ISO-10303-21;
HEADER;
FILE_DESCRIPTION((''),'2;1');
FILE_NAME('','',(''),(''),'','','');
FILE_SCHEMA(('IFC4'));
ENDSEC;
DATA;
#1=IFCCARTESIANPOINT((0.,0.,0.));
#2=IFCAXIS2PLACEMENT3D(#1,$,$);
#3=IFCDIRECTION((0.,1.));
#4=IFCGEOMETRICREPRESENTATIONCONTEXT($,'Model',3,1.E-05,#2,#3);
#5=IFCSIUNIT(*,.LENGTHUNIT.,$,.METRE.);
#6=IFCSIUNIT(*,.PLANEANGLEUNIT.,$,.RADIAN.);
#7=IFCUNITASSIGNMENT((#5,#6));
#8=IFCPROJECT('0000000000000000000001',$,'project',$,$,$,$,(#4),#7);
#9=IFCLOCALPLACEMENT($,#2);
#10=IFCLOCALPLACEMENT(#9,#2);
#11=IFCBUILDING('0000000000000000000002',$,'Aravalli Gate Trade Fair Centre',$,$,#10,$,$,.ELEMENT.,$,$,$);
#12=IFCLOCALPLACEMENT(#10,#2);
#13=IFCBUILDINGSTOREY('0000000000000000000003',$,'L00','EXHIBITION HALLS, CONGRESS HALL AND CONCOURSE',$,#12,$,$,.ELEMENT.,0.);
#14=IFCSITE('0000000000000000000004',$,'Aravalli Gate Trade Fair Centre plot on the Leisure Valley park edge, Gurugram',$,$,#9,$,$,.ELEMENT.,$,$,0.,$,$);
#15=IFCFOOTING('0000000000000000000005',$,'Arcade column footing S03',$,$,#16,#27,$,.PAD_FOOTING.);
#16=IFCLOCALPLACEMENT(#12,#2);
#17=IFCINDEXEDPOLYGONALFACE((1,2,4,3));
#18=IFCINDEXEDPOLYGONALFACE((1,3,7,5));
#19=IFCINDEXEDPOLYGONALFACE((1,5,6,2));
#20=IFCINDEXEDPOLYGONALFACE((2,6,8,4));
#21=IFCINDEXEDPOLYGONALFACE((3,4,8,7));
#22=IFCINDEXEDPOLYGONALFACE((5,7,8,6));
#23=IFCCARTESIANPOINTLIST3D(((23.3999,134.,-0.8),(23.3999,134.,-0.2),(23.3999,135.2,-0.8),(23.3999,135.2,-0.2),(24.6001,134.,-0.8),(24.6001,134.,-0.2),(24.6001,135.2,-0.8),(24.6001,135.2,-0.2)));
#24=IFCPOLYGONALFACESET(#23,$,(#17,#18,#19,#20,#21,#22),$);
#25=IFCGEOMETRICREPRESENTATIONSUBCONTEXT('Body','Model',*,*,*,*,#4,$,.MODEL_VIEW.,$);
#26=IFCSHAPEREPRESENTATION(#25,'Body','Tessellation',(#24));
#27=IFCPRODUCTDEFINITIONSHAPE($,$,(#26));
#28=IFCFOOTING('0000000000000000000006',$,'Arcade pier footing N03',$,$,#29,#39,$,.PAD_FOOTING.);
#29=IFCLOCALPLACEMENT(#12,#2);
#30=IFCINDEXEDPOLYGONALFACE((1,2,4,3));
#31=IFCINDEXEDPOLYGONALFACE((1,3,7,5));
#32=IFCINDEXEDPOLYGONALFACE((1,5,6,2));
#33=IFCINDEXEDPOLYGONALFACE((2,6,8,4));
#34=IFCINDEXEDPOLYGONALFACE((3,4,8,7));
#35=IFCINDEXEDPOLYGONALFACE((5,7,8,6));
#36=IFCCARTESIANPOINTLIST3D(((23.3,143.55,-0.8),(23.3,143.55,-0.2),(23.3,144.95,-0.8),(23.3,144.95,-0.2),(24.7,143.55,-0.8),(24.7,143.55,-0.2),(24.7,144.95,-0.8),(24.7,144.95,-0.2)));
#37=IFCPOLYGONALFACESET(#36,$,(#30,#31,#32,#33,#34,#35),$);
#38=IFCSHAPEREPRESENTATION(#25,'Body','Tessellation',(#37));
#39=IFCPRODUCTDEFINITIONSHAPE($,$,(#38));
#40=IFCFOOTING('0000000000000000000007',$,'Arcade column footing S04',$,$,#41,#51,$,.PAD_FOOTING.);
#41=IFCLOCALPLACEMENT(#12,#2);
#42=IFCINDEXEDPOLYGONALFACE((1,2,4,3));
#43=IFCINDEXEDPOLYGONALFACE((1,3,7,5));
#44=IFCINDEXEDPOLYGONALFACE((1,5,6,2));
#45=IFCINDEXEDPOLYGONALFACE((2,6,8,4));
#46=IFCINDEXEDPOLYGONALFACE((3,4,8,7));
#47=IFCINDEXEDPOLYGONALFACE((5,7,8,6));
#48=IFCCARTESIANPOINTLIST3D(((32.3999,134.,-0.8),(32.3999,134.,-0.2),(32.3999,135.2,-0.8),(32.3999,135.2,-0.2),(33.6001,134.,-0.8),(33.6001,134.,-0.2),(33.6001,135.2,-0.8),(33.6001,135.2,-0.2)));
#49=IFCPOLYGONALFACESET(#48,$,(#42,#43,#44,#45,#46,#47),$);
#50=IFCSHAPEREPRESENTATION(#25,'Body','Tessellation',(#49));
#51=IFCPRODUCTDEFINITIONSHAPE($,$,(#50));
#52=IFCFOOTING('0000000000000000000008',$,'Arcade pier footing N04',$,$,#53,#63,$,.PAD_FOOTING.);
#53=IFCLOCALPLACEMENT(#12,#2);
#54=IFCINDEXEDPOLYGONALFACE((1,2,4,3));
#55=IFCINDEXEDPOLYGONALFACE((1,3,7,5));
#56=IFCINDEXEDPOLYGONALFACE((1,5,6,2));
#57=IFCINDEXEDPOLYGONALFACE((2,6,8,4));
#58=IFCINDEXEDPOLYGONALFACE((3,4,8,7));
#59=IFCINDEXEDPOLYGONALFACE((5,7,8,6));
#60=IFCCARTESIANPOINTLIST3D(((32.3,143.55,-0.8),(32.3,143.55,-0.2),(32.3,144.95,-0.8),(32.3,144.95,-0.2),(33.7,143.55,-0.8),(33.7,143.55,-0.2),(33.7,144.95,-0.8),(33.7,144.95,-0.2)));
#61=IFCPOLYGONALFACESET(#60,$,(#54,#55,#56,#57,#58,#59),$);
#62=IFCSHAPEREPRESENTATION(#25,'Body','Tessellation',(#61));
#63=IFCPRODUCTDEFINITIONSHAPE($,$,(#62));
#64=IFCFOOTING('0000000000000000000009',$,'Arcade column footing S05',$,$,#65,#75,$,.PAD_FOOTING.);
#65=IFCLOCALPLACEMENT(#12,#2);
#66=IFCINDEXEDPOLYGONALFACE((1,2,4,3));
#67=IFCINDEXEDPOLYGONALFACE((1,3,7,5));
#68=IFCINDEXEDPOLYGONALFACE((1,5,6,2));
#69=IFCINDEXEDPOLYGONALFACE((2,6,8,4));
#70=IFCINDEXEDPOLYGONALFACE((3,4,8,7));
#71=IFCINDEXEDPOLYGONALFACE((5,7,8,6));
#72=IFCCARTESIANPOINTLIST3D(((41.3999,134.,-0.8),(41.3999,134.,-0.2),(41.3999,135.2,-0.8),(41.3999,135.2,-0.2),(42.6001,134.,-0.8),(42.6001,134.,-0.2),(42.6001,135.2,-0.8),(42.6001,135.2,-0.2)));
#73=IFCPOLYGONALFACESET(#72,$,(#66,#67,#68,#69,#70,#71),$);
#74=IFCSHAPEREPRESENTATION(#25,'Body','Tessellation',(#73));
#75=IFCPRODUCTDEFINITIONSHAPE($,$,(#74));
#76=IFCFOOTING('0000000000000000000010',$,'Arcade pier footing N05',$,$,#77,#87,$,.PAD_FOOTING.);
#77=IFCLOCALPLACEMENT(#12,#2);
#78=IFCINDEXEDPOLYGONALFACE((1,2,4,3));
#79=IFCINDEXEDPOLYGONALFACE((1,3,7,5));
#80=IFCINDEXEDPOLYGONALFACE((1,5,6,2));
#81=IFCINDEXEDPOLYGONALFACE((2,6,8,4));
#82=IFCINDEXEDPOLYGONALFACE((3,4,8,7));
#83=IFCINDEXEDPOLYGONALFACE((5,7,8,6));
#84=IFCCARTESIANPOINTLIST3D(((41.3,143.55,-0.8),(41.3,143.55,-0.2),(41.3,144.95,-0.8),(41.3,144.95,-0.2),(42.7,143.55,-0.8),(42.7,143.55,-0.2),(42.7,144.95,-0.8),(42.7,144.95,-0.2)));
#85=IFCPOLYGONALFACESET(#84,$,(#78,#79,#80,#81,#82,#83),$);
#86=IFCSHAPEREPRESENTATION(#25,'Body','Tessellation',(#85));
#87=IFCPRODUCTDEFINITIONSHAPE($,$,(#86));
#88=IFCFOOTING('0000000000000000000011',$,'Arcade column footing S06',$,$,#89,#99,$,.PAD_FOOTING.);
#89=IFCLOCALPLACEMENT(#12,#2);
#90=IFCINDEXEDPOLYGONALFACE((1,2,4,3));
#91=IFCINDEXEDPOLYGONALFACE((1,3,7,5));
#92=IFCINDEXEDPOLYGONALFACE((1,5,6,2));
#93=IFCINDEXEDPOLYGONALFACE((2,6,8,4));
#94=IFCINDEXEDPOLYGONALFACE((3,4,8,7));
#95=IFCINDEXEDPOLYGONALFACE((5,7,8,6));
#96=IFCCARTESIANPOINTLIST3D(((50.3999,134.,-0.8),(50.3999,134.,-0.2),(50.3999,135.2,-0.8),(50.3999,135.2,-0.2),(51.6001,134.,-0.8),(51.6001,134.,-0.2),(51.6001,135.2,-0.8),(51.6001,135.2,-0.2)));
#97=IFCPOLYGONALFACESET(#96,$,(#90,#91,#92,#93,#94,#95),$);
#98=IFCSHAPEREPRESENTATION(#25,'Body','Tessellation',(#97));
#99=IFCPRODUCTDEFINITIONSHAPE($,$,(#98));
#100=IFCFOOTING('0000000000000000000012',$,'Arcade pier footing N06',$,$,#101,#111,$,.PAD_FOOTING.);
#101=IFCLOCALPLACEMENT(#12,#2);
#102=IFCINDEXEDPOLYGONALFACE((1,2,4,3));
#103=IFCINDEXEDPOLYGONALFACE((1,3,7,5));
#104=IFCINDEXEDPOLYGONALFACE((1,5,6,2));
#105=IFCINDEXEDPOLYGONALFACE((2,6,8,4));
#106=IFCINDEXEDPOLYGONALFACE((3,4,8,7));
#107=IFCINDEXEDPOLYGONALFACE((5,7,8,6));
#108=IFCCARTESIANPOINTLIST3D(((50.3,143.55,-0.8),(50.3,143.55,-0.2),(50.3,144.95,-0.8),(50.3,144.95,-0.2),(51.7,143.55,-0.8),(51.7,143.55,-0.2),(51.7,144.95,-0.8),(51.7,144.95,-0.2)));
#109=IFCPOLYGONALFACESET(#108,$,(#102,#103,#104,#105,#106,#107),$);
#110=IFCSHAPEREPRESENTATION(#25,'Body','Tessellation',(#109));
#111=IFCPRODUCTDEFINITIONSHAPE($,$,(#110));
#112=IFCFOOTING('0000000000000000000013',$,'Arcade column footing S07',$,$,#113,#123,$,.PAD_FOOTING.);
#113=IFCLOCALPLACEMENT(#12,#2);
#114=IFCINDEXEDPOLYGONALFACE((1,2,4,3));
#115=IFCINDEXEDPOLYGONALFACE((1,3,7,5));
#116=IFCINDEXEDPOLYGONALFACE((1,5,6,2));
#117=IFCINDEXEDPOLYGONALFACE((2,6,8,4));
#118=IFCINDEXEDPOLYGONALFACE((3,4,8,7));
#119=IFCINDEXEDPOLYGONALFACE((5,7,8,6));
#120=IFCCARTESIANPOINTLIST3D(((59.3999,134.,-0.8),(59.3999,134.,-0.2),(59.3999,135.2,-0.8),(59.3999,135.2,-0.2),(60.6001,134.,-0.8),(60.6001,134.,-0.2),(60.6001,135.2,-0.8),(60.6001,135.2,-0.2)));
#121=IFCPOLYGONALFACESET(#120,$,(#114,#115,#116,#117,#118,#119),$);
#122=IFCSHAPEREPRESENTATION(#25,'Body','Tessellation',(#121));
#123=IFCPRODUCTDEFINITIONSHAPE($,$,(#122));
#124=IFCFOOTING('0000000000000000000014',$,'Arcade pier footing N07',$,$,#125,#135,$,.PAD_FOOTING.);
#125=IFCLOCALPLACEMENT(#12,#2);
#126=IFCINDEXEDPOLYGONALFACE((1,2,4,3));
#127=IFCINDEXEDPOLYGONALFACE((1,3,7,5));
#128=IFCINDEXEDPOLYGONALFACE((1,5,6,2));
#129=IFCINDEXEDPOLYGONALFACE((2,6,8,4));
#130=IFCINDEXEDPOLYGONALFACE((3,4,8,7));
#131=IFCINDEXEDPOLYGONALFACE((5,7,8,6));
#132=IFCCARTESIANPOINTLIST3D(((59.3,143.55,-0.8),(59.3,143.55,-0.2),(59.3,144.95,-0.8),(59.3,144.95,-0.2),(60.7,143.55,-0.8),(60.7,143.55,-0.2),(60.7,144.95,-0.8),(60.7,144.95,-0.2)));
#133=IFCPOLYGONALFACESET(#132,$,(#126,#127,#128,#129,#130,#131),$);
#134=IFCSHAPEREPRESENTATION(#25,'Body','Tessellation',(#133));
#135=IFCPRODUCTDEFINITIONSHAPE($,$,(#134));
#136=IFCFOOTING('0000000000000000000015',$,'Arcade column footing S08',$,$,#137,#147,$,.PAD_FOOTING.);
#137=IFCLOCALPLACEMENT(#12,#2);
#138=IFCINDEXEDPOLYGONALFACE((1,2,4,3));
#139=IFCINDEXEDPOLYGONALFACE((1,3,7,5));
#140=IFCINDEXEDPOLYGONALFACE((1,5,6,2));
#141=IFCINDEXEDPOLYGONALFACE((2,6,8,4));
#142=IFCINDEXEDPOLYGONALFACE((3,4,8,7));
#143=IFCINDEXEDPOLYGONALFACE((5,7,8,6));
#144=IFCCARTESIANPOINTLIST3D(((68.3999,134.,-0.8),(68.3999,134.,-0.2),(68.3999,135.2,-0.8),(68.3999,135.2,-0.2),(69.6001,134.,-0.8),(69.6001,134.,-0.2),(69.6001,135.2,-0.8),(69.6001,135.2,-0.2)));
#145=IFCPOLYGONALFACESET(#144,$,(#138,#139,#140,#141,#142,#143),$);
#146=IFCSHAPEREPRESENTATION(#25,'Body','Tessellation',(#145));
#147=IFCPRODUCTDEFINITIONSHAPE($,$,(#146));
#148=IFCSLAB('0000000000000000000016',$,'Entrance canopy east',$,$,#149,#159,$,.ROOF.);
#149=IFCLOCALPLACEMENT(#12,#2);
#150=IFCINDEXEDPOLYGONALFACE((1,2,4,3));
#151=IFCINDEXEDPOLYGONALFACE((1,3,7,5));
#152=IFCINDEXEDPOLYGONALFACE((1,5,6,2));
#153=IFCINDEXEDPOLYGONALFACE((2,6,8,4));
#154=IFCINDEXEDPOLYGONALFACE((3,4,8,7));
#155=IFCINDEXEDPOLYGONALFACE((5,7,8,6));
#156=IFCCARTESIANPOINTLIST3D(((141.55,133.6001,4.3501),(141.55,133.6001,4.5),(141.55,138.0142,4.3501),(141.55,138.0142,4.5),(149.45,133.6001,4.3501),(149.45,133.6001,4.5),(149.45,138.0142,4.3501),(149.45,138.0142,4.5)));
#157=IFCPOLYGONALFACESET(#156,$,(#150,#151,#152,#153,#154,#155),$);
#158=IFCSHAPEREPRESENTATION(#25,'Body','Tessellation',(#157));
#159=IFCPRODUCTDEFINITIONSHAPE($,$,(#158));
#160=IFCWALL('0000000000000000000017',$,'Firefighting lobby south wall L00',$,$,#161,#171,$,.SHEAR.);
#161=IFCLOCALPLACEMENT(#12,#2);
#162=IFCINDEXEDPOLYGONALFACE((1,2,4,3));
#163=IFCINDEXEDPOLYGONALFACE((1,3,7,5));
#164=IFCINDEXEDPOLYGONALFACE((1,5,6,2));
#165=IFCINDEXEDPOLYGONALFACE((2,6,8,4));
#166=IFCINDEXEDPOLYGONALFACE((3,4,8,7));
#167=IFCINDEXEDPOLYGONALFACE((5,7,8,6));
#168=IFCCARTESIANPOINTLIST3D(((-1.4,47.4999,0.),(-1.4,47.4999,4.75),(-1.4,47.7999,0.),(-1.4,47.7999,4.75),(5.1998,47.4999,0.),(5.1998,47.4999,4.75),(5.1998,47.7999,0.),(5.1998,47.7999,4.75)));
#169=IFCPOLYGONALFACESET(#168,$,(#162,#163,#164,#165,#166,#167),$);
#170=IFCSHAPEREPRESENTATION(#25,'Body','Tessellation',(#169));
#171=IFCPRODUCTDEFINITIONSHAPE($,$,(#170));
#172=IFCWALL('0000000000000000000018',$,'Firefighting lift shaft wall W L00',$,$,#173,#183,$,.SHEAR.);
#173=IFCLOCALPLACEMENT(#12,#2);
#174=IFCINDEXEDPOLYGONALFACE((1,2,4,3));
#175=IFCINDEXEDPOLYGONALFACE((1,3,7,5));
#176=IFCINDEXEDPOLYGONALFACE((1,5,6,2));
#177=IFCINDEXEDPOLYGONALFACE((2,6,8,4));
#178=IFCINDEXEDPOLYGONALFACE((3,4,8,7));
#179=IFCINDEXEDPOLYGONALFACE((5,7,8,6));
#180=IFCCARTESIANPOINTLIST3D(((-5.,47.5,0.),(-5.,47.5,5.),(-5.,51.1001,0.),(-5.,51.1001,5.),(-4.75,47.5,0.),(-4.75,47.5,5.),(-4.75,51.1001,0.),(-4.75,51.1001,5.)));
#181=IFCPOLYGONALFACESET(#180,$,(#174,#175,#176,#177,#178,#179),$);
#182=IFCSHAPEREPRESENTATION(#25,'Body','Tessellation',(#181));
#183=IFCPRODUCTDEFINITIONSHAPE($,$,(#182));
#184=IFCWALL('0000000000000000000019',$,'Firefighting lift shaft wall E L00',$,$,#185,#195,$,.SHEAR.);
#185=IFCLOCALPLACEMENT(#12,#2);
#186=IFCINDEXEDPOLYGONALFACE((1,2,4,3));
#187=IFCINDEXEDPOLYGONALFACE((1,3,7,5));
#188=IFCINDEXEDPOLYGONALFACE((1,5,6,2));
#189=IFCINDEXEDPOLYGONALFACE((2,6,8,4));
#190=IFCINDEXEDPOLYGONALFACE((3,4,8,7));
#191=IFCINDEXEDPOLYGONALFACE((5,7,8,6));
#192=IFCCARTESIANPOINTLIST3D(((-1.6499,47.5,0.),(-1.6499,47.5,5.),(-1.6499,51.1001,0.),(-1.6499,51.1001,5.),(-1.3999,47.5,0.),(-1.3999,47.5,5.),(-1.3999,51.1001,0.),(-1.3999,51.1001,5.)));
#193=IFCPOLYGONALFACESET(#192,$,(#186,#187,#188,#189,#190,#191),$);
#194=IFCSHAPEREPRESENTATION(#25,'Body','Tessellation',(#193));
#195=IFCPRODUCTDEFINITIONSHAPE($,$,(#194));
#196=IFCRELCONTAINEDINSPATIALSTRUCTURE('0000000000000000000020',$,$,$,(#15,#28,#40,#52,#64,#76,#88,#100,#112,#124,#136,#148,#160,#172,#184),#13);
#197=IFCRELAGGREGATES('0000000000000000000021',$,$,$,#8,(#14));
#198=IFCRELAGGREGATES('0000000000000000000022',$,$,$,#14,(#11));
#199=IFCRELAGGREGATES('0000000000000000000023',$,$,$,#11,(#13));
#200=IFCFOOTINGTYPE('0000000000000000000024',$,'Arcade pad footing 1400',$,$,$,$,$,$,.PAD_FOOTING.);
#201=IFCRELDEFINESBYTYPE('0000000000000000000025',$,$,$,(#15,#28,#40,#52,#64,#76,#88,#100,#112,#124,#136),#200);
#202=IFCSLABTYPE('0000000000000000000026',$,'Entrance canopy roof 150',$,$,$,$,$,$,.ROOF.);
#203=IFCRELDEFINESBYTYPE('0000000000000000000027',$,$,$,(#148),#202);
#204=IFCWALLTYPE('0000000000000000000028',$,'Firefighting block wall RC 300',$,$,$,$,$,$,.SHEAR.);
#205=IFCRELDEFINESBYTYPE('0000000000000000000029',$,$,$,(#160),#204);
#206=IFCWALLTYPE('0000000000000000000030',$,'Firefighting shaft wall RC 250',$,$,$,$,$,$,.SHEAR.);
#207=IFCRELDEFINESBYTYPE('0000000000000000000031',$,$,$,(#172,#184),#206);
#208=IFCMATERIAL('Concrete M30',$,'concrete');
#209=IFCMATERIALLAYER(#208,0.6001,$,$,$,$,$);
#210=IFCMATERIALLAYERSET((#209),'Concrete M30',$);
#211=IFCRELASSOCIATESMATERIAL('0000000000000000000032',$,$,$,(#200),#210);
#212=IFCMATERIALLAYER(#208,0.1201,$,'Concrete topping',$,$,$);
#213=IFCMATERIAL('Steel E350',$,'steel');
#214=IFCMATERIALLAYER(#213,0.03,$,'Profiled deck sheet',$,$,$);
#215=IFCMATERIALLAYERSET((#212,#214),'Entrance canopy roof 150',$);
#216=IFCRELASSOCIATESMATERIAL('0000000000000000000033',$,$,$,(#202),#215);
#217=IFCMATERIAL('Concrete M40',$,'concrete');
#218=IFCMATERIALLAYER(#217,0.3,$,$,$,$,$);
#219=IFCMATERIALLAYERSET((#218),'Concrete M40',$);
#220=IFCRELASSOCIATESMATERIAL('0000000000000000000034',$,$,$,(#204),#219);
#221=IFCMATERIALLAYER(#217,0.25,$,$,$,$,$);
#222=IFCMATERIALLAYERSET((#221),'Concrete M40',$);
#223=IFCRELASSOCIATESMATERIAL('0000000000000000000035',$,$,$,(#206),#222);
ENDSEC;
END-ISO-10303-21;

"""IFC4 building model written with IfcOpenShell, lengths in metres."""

from ifc_helpers import new_model, si_unit, direction, frame, frame_2d, origin, place, context, subcontext, project, spatial, polyline, rectangle, outline, extrude, material, layer, layer_set, type_object, element, save


model = new_model("IFC4")

# Units and contexts
model_context = context("Model", 3, precision=1e-05, world=origin(), true_north=direction((0.0, 1.0)))
body_context = subcontext(model_context, "Body", "Model", "MODEL_VIEW")
ifc_project = project(units=[si_unit("LENGTHUNIT", "METRE"), si_unit("PLANEANGLEUNIT", "RADIAN")], contexts=[model_context])

# Site, building, storey
site_placement = place(None, origin())
site = spatial("IfcSite", under=ifc_project, at=site_placement, Name="Aravalli Gate Trade Fair Centre plot on the Leisure Valley park edge, Gurugram", CompositionType="ELEMENT", RefElevation=0.0)
building_placement = place(site_placement, origin())
building = spatial("IfcBuilding", under=site, at=building_placement, Name="Aravalli Gate Trade Fair Centre", CompositionType="ELEMENT")
storey_placement = place(building_placement, origin())
storey = spatial("IfcBuildingStorey", under=building, at=storey_placement, Name="L00", Description="EXHIBITION HALLS, CONGRESS HALL AND CONCOURSE", CompositionType="ELEMENT", Elevation=0.0)

# Footings
ifc_material_1 = material(Name="Concrete M30", Category="concrete")
ifc_layer_1 = layer(ifc_material_1, 0.6001)
ifc_layer_set_1 = layer_set([ifc_layer_1], Name="Concrete M30")
footing_type = type_object("IfcFootingType", Name="Arcade pad footing 1400", PredefinedType="PAD_FOOTING", material=ifc_layer_set_1)
footing_1_placement = place(storey_placement, frame((0.0, 0.0, -0.8)))
element("IfcFooting", 1, at=footing_1_placement, inside=storey, type_object=footing_type, Name="Arcade column footing S03", PredefinedType="PAD_FOOTING", context=body_context, shape_type="SweptSolid", body=[
    extrude(outline(polyline([(23.3999, 134.0), (24.6001, 134.0), (24.6001, 135.2), (23.3999, 135.2), (23.3999, 134.0)])), origin(), (0.0, 0.0, 1.0), 0.6001),
])
footing_2_placement = place(storey_placement, frame((0.0, 0.0, -0.8)))
element("IfcFooting", 2, at=footing_2_placement, inside=storey, type_object=footing_type, Name="Arcade pier footing N03", PredefinedType="PAD_FOOTING", context=body_context, shape_type="SweptSolid", body=[
    extrude(outline(polyline([(23.3, 143.55), (24.7, 143.55), (24.7, 144.95), (23.3, 144.95), (23.3, 143.55)])), origin(), (0.0, 0.0, 1.0), 0.6001),
])
footing_3_placement = place(storey_placement, frame((0.0, 0.0, -0.8)))
element("IfcFooting", 3, at=footing_3_placement, inside=storey, type_object=footing_type, Name="Arcade column footing S04", PredefinedType="PAD_FOOTING", context=body_context, shape_type="SweptSolid", body=[
    extrude(outline(polyline([(32.3999, 134.0), (33.6001, 134.0), (33.6001, 135.2), (32.3999, 135.2), (32.3999, 134.0)])), origin(), (0.0, 0.0, 1.0), 0.6001),
])
footing_4_placement = place(storey_placement, frame((0.0, 0.0, -0.8)))
element("IfcFooting", 4, at=footing_4_placement, inside=storey, type_object=footing_type, Name="Arcade pier footing N04", PredefinedType="PAD_FOOTING", context=body_context, shape_type="SweptSolid", body=[
    extrude(outline(polyline([(32.3, 143.55), (33.7, 143.55), (33.7, 144.95), (32.3, 144.95), (32.3, 143.55)])), origin(), (0.0, 0.0, 1.0), 0.6001),
])
footing_5_placement = place(storey_placement, frame((0.0, 0.0, -0.8)))
element("IfcFooting", 5, at=footing_5_placement, inside=storey, type_object=footing_type, Name="Arcade column footing S05", PredefinedType="PAD_FOOTING", context=body_context, shape_type="SweptSolid", body=[
    extrude(outline(polyline([(41.3999, 134.0), (42.6001, 134.0), (42.6001, 135.2), (41.3999, 135.2), (41.3999, 134.0)])), origin(), (0.0, 0.0, 1.0), 0.6001),
])
footing_6_placement = place(storey_placement, frame((0.0, 0.0, -0.8)))
element("IfcFooting", 6, at=footing_6_placement, inside=storey, type_object=footing_type, Name="Arcade pier footing N05", PredefinedType="PAD_FOOTING", context=body_context, shape_type="SweptSolid", body=[
    extrude(outline(polyline([(41.3, 143.55), (42.7, 143.55), (42.7, 144.95), (41.3, 144.95), (41.3, 143.55)])), origin(), (0.0, 0.0, 1.0), 0.6001),
])
footing_7_placement = place(storey_placement, frame((0.0, 0.0, -0.8)))
element("IfcFooting", 7, at=footing_7_placement, inside=storey, type_object=footing_type, Name="Arcade column footing S06", PredefinedType="PAD_FOOTING", context=body_context, shape_type="SweptSolid", body=[
    extrude(outline(polyline([(50.3999, 134.0), (51.6001, 134.0), (51.6001, 135.2), (50.3999, 135.2), (50.3999, 134.0)])), origin(), (0.0, 0.0, 1.0), 0.6001),
])
footing_8_placement = place(storey_placement, frame((0.0, 0.0, -0.8)))
element("IfcFooting", 8, at=footing_8_placement, inside=storey, type_object=footing_type, Name="Arcade pier footing N06", PredefinedType="PAD_FOOTING", context=body_context, shape_type="SweptSolid", body=[
    extrude(outline(polyline([(50.3, 143.55), (51.7, 143.55), (51.7, 144.95), (50.3, 144.95), (50.3, 143.55)])), origin(), (0.0, 0.0, 1.0), 0.6001),
])
footing_9_placement = place(storey_placement, frame((0.0, 0.0, -0.8)))
element("IfcFooting", 9, at=footing_9_placement, inside=storey, type_object=footing_type, Name="Arcade column footing S07", PredefinedType="PAD_FOOTING", context=body_context, shape_type="SweptSolid", body=[
    extrude(outline(polyline([(59.3999, 134.0), (60.6001, 134.0), (60.6001, 135.2), (59.3999, 135.2), (59.3999, 134.0)])), origin(), (0.0, 0.0, 1.0), 0.6001),
])
footing_10_placement = place(storey_placement, frame((0.0, 0.0, -0.8)))
element("IfcFooting", 10, at=footing_10_placement, inside=storey, type_object=footing_type, Name="Arcade pier footing N07", PredefinedType="PAD_FOOTING", context=body_context, shape_type="SweptSolid", body=[
    extrude(outline(polyline([(59.3, 143.55), (60.7, 143.55), (60.7, 144.95), (59.3, 144.95), (59.3, 143.55)])), origin(), (0.0, 0.0, 1.0), 0.6001),
])
footing_11_placement = place(storey_placement, frame((0.0, 0.0, -0.8)))
element("IfcFooting", 11, at=footing_11_placement, inside=storey, type_object=footing_type, Name="Arcade column footing S08", PredefinedType="PAD_FOOTING", context=body_context, shape_type="SweptSolid", body=[
    extrude(outline(polyline([(68.3999, 134.0), (69.6001, 134.0), (69.6001, 135.2), (68.3999, 135.2), (68.3999, 134.0)])), origin(), (0.0, 0.0, 1.0), 0.6001),
])

# Slab
ifc_layer_2 = layer(ifc_material_1, 0.1201, Name="Concrete topping")
ifc_material_2 = material(Name="Steel E350", Category="steel")
ifc_layer_3 = layer(ifc_material_2, 0.03, Name="Profiled deck sheet")
ifc_layer_set_2 = layer_set([ifc_layer_2, ifc_layer_3], Name="Entrance canopy roof 150")
slab_type = type_object("IfcSlabType", Name="Entrance canopy roof 150", PredefinedType="ROOF", material=ifc_layer_set_2)
slab_placement = place(storey_placement, frame((0.0, 0.0, 4.3501)))
element("IfcSlab", 12, at=slab_placement, inside=storey, type_object=slab_type, Name="Entrance canopy east", PredefinedType="ROOF", context=body_context, shape_type="SweptSolid", body=[
    extrude(outline(polyline([(149.45, 133.6001), (149.45, 138.0142), (141.55, 138.0142), (141.55, 133.6001), (149.45, 133.6001)])), origin(), (0.0, 0.0, 1.0), 0.1499),
])

# Walls
ifc_material_3 = material(Name="Concrete M40", Category="concrete")
ifc_layer_4 = layer(ifc_material_3, 0.3)
ifc_layer_set_3 = layer_set([ifc_layer_4], Name="Concrete M40")
wall_type_1 = type_object("IfcWallType", Name="Firefighting block wall RC 300", PredefinedType="SHEAR", material=ifc_layer_set_3)
wall_1_placement = place(storey_placement, frame((-1.3999, 47.6499, 0.0), z_axis=(0.0, 0.0, 1.0), x_axis=(1.0, 0.0, 0.0)))
element("IfcWall", 13, at=wall_1_placement, inside=storey, type_object=wall_type_1, Name="Firefighting lobby south wall L00", PredefinedType="SHEAR", context=body_context, shape_type="SweptSolid", body=[
    extrude(rectangle(XDim=6.5999, YDim=0.3, at=frame_2d((3.2998, 0.0))), origin(), (0.0, 0.0, 1.0), 4.75),
])
ifc_layer_5 = layer(ifc_material_3, 0.25)
ifc_layer_set_4 = layer_set([ifc_layer_5], Name="Concrete M40")
wall_type_2 = type_object("IfcWallType", Name="Firefighting shaft wall RC 250", PredefinedType="SHEAR", material=ifc_layer_set_4)
for number, where, z_axis, x_axis, name in (
    (14, (-4.875, 47.5, 0.0), (0.0, 0.0, 1.0), (0.0, 1.0, 0.0), "Firefighting lift shaft wall W L00"),
    (15, (-1.5249, 47.5, 0.0), (0.0, 0.0, 1.0), (0.0, 1.0, 0.0), "Firefighting lift shaft wall E L00"),
):
    element("IfcWall", number, at=place(storey_placement, frame(where, z_axis=z_axis, x_axis=x_axis)), inside=storey, type_object=wall_type_2, Name=name, PredefinedType="SHEAR", context=body_context, shape_type="SweptSolid", body=[
        extrude(rectangle(XDim=3.6001, YDim=0.25, at=frame_2d((1.8, 0.0))), origin(), (0.0, 0.0, 1.0), 5.0),
    ])

save(model, "model.ifc")
